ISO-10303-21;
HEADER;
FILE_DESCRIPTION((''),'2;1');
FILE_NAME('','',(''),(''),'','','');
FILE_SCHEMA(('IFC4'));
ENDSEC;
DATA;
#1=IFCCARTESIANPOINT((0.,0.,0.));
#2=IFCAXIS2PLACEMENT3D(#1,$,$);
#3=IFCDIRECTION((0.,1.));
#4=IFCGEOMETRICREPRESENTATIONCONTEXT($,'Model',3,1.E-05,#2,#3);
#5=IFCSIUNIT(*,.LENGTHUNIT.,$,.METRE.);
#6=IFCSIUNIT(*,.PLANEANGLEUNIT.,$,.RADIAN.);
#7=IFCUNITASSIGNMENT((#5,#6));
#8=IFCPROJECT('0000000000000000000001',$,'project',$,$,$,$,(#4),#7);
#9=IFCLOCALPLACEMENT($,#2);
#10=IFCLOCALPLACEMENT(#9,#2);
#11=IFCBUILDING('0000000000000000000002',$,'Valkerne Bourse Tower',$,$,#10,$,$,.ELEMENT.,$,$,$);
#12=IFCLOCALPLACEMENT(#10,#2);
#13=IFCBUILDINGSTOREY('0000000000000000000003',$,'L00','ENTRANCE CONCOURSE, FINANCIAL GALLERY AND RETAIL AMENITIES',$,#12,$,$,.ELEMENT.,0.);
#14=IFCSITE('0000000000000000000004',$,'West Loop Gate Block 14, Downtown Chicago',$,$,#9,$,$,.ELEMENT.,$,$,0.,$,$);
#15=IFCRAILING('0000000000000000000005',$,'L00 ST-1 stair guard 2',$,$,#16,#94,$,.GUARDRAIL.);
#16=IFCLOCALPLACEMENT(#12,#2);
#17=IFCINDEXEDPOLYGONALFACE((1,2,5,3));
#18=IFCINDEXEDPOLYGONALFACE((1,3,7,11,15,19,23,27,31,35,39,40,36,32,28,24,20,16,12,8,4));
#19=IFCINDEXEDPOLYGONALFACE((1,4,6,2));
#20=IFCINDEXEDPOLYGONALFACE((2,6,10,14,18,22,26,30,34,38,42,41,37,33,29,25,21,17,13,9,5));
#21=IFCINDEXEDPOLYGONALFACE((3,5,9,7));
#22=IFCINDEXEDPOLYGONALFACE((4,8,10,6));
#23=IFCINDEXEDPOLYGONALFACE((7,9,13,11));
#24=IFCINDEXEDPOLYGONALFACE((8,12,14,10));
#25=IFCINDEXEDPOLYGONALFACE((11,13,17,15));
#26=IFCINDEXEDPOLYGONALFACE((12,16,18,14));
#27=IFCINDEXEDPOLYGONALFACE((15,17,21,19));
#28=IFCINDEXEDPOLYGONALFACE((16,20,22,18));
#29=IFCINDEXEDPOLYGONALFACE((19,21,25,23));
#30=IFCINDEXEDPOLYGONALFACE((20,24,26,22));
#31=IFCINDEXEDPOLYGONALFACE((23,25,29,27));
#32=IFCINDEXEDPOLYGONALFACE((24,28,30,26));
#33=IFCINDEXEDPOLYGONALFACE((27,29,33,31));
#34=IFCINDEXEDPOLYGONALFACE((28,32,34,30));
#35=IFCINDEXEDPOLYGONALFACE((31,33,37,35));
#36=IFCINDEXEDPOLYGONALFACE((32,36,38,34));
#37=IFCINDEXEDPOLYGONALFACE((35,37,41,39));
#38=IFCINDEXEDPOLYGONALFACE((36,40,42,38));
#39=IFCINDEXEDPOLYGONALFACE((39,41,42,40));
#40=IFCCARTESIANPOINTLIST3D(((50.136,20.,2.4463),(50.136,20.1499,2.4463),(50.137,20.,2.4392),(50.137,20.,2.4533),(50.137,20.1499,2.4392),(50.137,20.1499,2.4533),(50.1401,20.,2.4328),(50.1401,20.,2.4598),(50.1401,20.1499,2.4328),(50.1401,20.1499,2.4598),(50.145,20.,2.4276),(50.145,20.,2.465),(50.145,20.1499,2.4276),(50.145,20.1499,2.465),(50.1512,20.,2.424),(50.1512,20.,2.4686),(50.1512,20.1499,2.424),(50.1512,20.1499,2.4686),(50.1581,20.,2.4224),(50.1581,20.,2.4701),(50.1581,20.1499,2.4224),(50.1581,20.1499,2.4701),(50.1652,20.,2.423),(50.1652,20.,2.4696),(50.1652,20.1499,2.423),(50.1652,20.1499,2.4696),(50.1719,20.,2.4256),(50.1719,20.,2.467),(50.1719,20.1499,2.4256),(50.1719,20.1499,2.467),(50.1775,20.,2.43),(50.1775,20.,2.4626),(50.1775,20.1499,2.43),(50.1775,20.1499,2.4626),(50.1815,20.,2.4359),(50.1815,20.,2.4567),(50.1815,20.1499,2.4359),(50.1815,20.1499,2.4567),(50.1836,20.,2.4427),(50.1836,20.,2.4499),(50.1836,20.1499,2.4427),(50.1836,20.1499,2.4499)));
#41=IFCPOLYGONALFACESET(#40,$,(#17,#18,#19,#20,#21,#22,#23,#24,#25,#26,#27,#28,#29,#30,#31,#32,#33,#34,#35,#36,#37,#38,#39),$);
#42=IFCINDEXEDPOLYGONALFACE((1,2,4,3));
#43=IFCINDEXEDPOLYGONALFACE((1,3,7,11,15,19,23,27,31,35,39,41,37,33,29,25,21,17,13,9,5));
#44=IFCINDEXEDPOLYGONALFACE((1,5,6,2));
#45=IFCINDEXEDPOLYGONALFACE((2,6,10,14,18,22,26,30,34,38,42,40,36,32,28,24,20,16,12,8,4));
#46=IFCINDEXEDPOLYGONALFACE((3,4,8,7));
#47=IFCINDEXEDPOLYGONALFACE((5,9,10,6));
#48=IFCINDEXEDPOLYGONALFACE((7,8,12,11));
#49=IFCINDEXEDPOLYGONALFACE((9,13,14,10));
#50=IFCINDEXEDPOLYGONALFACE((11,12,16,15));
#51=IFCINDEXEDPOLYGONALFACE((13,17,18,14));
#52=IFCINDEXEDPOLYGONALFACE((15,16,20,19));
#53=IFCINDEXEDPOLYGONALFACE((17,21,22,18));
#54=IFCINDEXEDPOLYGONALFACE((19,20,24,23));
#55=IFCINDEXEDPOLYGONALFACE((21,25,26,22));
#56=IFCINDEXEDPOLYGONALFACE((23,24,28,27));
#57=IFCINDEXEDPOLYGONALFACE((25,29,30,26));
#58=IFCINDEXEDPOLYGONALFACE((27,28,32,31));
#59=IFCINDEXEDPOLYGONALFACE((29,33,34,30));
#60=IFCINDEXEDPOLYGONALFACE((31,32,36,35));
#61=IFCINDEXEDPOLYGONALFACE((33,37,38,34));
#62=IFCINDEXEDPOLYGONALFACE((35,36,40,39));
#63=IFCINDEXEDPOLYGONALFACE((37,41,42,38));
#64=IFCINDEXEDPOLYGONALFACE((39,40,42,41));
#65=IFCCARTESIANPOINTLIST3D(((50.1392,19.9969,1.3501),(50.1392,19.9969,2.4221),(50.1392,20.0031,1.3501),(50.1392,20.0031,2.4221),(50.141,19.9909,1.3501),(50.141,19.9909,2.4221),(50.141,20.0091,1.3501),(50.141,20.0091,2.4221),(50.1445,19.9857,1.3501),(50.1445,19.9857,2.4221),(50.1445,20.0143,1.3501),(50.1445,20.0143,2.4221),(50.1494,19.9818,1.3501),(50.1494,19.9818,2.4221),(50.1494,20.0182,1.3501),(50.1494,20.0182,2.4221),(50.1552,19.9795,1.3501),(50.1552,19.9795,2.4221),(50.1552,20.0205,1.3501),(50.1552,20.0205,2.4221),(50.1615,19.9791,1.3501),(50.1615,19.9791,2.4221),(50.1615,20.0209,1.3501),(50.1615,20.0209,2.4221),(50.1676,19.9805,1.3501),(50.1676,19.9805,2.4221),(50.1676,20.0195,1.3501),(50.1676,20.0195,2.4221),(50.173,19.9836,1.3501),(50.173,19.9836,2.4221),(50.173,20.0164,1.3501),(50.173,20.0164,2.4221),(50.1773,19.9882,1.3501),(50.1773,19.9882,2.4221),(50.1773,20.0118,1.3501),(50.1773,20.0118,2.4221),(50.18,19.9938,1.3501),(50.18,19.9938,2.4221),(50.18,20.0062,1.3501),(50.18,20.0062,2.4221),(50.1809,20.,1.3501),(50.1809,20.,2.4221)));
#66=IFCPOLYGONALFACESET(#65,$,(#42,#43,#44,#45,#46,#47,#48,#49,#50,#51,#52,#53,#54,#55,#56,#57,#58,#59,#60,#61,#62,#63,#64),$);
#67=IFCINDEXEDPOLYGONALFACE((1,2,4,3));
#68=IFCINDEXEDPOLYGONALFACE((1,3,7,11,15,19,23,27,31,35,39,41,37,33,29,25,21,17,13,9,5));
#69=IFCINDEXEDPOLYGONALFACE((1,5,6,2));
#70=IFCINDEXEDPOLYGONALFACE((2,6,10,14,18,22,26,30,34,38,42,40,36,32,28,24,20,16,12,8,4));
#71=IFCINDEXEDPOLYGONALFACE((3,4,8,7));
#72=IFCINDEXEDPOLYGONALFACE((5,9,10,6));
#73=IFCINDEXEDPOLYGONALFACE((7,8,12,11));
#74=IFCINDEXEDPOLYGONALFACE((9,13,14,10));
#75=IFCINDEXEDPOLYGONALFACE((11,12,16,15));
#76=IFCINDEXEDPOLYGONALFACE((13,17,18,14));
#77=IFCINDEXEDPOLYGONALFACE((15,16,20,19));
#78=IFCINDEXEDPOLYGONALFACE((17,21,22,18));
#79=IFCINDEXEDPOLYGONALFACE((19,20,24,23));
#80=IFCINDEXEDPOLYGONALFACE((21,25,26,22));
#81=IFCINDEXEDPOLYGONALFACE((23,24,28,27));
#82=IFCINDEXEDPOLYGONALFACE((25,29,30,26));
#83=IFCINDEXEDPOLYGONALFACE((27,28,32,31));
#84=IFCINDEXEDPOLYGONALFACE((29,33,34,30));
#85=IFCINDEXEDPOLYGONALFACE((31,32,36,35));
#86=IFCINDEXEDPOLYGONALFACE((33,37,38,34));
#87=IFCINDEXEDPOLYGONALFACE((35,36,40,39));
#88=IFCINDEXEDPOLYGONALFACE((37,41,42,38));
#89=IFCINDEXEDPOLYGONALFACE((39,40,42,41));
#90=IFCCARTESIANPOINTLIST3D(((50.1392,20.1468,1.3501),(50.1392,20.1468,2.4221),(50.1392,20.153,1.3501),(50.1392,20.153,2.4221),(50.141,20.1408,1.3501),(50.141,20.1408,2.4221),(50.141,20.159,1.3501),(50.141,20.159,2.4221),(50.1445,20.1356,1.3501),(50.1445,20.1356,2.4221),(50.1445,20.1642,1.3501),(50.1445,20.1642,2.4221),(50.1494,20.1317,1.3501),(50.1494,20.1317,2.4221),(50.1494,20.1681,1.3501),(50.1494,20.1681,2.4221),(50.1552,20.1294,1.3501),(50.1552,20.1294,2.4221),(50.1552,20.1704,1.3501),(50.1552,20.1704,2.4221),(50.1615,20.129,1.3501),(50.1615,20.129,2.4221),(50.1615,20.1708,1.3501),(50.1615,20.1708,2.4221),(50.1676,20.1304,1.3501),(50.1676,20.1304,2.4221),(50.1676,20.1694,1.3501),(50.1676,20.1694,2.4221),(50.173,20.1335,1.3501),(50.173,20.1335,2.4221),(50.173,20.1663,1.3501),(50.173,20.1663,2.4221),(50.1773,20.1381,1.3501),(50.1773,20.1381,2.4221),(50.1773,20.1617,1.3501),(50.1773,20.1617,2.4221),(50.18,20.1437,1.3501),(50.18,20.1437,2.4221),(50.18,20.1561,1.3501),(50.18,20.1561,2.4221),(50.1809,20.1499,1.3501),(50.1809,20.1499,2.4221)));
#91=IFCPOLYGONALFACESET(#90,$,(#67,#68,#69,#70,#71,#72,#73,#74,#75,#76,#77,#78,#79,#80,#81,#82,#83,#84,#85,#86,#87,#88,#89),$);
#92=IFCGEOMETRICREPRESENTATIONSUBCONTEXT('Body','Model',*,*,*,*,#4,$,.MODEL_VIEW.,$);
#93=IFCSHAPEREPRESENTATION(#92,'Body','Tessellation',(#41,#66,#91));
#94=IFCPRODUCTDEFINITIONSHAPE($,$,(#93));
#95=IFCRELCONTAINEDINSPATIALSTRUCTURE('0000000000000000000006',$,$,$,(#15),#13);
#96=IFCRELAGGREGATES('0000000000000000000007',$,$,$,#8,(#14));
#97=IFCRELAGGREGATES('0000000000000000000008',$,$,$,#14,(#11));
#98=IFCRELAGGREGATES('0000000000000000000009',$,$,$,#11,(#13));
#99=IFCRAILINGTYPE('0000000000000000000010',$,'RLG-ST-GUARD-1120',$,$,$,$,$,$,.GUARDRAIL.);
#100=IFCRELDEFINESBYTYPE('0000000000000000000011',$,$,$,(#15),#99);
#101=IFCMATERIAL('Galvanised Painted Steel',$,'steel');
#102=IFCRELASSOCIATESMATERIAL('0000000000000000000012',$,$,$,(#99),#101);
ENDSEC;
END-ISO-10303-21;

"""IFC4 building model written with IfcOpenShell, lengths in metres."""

from ifc_helpers import new_model, si_unit, direction, frame, origin, origin_2d, place, context, subcontext, project, spatial, circle, extrude, material, type_object, element, save


model = new_model("IFC4")

# Units and contexts
model_context = context("Model", 3, precision=1e-05, world=origin(), true_north=direction((0.0, 1.0)))
body_context = subcontext(model_context, "Body", "Model", "MODEL_VIEW")
ifc_project = project(units=[si_unit("LENGTHUNIT", "METRE"), si_unit("PLANEANGLEUNIT", "RADIAN")], contexts=[model_context])

# Site, building, storey
site_placement = place(None, origin())
site = spatial("IfcSite", under=ifc_project, at=site_placement, Name="West Loop Gate Block 14, Downtown Chicago", CompositionType="ELEMENT", RefElevation=0.0)
building_placement = place(site_placement, origin())
building = spatial("IfcBuilding", under=site, at=building_placement, Name="Valkerne Bourse Tower", CompositionType="ELEMENT")
storey_placement = place(building_placement, origin())
storey = spatial("IfcBuildingStorey", under=building, at=storey_placement, Name="L00", Description="ENTRANCE CONCOURSE, FINANCIAL GALLERY AND RETAIL AMENITIES", CompositionType="ELEMENT", Elevation=0.0)

# Railing
ifc_material_1 = material(Name="Galvanised Painted Steel", Category="steel")
railing_type_1 = type_object("IfcRailingType", Name="RLG-ST-GUARD-1120", PredefinedType="GUARDRAIL", material=ifc_material_1)
railing_1_placement = place(storey_placement, frame((50.1599, 20.0, 1.3501)))
element("IfcRailing", 1, at=railing_1_placement, inside=storey, type_object=railing_type_1, Name="L00 ST-1 stair guard 2", PredefinedType="GUARDRAIL", context=body_context, shape_type="SweptSolid", body=[
    extrude(circle(Radius=0.0239, at=origin_2d()), frame((0.0, 0.0, 1.0962), z_axis=(0.0, 1.0, 0.0), x_axis=(-1.0, 0.0, 0.0)), (0.0, 0.0, 1.0), 0.1499),
    extrude(circle(Radius=0.021, at=origin_2d()), origin(), (0.0, 0.0, 1.0), 1.072),
    extrude(circle(Radius=0.021, at=origin_2d()), frame((0.0, 0.1499, 0.0)), (0.0, 0.0, 1.0), 1.072),
])

save(model, "model.ifc")
